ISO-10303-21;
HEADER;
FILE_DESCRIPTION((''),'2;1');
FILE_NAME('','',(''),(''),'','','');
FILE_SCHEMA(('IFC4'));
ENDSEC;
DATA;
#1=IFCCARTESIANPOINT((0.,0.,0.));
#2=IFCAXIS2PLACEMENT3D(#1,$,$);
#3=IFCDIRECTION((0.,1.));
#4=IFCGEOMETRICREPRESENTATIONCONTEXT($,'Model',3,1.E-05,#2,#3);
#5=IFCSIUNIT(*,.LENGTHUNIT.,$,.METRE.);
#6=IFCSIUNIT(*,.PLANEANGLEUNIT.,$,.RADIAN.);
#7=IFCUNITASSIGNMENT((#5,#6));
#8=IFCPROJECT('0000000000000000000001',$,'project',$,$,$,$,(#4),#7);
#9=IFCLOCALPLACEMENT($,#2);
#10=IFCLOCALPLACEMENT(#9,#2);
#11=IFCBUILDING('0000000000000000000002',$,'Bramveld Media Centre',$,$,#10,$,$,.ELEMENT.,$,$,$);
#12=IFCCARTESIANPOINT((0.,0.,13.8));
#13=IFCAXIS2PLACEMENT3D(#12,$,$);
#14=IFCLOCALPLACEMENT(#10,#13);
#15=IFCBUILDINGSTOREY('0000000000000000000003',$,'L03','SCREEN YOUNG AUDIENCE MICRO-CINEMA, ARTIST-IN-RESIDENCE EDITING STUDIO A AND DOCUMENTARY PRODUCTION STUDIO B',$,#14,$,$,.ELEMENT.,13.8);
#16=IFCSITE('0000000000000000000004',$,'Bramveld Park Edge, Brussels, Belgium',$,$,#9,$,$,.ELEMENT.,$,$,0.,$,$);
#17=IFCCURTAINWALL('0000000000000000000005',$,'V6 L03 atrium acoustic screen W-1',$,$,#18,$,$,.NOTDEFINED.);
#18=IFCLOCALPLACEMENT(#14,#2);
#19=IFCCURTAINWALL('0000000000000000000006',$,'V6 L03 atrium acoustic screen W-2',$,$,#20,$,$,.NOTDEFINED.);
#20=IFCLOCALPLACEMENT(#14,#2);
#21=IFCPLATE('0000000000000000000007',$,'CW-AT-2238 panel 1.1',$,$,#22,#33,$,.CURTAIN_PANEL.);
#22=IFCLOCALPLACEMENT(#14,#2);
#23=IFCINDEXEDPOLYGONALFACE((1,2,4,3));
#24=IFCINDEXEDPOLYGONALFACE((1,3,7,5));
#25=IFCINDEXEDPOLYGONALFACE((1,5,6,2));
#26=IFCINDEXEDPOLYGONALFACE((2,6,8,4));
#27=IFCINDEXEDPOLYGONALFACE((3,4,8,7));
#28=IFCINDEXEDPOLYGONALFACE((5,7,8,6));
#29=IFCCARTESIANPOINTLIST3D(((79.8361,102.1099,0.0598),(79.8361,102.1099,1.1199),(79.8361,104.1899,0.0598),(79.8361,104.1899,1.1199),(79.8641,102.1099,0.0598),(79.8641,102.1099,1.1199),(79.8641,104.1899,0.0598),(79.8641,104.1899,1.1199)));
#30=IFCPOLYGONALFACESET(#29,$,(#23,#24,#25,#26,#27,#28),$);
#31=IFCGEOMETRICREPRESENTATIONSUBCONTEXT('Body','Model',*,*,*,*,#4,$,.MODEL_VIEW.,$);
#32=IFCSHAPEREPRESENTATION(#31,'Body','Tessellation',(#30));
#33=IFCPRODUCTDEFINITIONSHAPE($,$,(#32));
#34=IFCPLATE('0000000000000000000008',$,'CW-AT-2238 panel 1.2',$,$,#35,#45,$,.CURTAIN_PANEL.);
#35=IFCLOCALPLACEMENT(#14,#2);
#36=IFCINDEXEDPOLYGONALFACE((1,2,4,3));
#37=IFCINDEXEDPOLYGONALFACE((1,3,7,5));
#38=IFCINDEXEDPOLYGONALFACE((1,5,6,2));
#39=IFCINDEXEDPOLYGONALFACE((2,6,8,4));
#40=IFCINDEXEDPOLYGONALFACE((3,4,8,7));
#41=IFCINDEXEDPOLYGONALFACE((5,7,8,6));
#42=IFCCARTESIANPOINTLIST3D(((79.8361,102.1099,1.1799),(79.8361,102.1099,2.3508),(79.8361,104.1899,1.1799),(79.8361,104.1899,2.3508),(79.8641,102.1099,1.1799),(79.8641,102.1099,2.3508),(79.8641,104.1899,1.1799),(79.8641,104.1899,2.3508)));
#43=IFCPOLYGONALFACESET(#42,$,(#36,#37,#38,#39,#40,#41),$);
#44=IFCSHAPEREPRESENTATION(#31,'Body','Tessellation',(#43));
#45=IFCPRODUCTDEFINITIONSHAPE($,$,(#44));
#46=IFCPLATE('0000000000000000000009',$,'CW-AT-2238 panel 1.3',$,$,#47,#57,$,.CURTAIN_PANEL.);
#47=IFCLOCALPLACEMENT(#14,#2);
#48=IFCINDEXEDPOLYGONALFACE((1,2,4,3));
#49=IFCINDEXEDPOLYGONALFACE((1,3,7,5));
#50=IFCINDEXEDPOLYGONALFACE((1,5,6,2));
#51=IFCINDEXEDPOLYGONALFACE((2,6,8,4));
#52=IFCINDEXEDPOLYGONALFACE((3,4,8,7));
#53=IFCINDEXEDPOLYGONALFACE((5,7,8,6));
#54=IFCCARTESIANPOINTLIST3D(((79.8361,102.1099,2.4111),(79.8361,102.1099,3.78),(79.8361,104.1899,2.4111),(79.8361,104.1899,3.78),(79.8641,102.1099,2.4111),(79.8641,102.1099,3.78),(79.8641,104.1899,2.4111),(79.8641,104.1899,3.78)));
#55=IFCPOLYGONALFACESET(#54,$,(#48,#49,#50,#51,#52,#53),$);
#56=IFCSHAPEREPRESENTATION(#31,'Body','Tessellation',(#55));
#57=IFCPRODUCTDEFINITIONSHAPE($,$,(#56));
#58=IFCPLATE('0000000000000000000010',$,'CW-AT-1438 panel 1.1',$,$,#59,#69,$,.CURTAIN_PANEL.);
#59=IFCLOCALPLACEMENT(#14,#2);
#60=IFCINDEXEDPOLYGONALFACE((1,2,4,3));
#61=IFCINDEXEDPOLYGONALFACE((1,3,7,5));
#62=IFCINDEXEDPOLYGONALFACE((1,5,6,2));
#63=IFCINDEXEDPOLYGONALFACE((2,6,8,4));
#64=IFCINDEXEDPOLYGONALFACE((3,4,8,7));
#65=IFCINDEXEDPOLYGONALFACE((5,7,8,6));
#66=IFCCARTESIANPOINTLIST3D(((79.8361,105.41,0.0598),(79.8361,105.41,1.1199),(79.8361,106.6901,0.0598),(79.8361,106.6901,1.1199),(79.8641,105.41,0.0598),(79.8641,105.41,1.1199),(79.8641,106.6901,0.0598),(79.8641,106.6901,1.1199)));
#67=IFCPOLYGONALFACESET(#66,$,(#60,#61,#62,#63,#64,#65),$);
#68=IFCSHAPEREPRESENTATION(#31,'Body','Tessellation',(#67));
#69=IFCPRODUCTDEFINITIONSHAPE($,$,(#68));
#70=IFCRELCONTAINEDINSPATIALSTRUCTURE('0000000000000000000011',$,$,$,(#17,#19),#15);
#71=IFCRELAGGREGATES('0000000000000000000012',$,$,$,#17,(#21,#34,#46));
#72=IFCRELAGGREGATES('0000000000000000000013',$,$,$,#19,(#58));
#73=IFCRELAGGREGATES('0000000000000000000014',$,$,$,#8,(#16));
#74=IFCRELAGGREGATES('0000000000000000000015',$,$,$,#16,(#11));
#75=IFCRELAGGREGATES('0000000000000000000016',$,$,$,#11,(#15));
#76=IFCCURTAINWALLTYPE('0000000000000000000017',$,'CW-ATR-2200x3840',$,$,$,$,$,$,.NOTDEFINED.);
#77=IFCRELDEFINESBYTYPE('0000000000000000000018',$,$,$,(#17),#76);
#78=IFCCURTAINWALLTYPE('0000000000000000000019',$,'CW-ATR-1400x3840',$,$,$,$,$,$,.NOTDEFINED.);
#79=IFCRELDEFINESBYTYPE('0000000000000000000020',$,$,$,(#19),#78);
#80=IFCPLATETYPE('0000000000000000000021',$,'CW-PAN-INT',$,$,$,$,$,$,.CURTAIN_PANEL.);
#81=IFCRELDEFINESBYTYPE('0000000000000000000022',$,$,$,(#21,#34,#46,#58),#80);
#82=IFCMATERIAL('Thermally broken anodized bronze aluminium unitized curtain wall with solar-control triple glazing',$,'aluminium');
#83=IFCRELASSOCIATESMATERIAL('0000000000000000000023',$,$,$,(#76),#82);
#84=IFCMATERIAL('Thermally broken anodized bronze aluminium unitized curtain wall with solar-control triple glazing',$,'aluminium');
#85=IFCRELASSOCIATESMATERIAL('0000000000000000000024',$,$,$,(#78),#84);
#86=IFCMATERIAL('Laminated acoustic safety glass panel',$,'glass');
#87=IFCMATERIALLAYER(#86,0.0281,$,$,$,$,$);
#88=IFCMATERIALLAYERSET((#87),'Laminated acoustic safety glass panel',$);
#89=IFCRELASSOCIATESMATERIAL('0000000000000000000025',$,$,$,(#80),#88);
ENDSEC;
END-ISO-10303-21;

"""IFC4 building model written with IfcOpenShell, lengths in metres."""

from ifc_helpers import new_model, si_unit, direction, frame, origin, origin_2d, place, context, subcontext, project, spatial, rectangle, extrude, material, layer, layer_set, type_object, element, aggregate, save


model = new_model("IFC4")

# Units and contexts
model_context = context("Model", 3, precision=1e-05, world=origin(), true_north=direction((0.0, 1.0)))
body_context = subcontext(model_context, "Body", "Model", "MODEL_VIEW")
ifc_project = project(units=[si_unit("LENGTHUNIT", "METRE"), si_unit("PLANEANGLEUNIT", "RADIAN")], contexts=[model_context])

# Site, building, storey
site_placement = place(None, origin())
site = spatial("IfcSite", under=ifc_project, at=site_placement, Name="Bramveld Park Edge, Brussels, Belgium", CompositionType="ELEMENT", RefElevation=0.0)
building_placement = place(site_placement, origin())
building = spatial("IfcBuilding", under=site, at=building_placement, Name="Bramveld Media Centre", CompositionType="ELEMENT")
storey_placement = place(building_placement, frame((0.0, 0.0, 13.8)))
storey = spatial("IfcBuildingStorey", under=building, at=storey_placement, Name="L03", Description="SCREEN YOUNG AUDIENCE MICRO-CINEMA, ARTIST-IN-RESIDENCE EDITING STUDIO A AND DOCUMENTARY PRODUCTION STUDIO B", CompositionType="ELEMENT", Elevation=13.8)

# Curtain wall
ifc_material_1 = material(Name="Thermally broken anodized bronze aluminium unitized curtain wall with solar-control triple glazing", Category="aluminium")
curtain_wall_type_1 = type_object("IfcCurtainWallType", Name="CW-ATR-2200x3840", PredefinedType="NOTDEFINED", material=ifc_material_1)
curtain_wall_1_placement = place(storey_placement, origin())
curtain_wall_1 = element("IfcCurtainWall", 1, at=curtain_wall_1_placement, inside=storey, type_object=curtain_wall_type_1, Name="V6 L03 atrium acoustic screen W-1", PredefinedType="NOTDEFINED")

# Curtain wall
ifc_material_2 = material(Name="Thermally broken anodized bronze aluminium unitized curtain wall with solar-control triple glazing", Category="aluminium")
curtain_wall_type_2 = type_object("IfcCurtainWallType", Name="CW-ATR-1400x3840", PredefinedType="NOTDEFINED", material=ifc_material_2)
curtain_wall_2_placement = place(storey_placement, origin())
curtain_wall_2 = element("IfcCurtainWall", 2, at=curtain_wall_2_placement, inside=storey, type_object=curtain_wall_type_2, Name="V6 L03 atrium acoustic screen W-2", PredefinedType="NOTDEFINED")

# Plates
ifc_material_3 = material(Name="Laminated acoustic safety glass panel", Category="glass")
ifc_layer = layer(ifc_material_3, 0.0281)
ifc_layer_set = layer_set([ifc_layer], Name="Laminated acoustic safety glass panel")
plate_type = type_object("IfcPlateType", Name="CW-PAN-INT", PredefinedType="CURTAIN_PANEL", material=ifc_layer_set)
plate_1_placement = place(storey_placement, frame((79.8501, 103.1499, 0.0598), z_axis=(0.0, 0.0, 1.0), x_axis=(0.0, 1.0, 0.0)))
plate_1 = element("IfcPlate", 3, at=plate_1_placement, type_object=plate_type, Name="CW-AT-2238 panel 1.1", PredefinedType="CURTAIN_PANEL", context=body_context, shape_type="SweptSolid", body=[
    extrude(rectangle(XDim=2.0801, YDim=0.0281, at=origin_2d()), origin(), (0.0, 0.0, 1.0), 1.0601),
])
plate_2_placement = place(storey_placement, frame((79.8501, 103.1499, 1.1799), z_axis=(0.0, 0.0, 1.0), x_axis=(0.0, 1.0, 0.0)))
plate_2 = element("IfcPlate", 4, at=plate_2_placement, type_object=plate_type, Name="CW-AT-2238 panel 1.2", PredefinedType="CURTAIN_PANEL", context=body_context, shape_type="SweptSolid", body=[
    extrude(rectangle(XDim=2.0801, YDim=0.0281, at=origin_2d()), origin(), (0.0, 0.0, 1.0), 1.1709),
])
plate_3_placement = place(storey_placement, frame((79.8501, 103.1499, 2.4111), z_axis=(0.0, 0.0, 1.0), x_axis=(0.0, 1.0, 0.0)))
plate_3 = element("IfcPlate", 5, at=plate_3_placement, type_object=plate_type, Name="CW-AT-2238 panel 1.3", PredefinedType="CURTAIN_PANEL", context=body_context, shape_type="SweptSolid", body=[
    extrude(rectangle(XDim=2.0801, YDim=0.0281, at=origin_2d()), origin(), (0.0, 0.0, 1.0), 1.3689),
])
aggregate(curtain_wall_1, [plate_1, plate_2, plate_3])
plate_4_placement = place(storey_placement, frame((79.8501, 106.05, 0.0598), z_axis=(0.0, 0.0, 1.0), x_axis=(0.0, 1.0, 0.0)))
plate_4 = element("IfcPlate", 6, at=plate_4_placement, type_object=plate_type, Name="CW-AT-1438 panel 1.1", PredefinedType="CURTAIN_PANEL", context=body_context, shape_type="SweptSolid", body=[
    extrude(rectangle(XDim=1.28, YDim=0.0281, at=origin_2d()), origin(), (0.0, 0.0, 1.0), 1.0601),
])
aggregate(curtain_wall_2, [plate_4])

save(model, "model.ifc")
